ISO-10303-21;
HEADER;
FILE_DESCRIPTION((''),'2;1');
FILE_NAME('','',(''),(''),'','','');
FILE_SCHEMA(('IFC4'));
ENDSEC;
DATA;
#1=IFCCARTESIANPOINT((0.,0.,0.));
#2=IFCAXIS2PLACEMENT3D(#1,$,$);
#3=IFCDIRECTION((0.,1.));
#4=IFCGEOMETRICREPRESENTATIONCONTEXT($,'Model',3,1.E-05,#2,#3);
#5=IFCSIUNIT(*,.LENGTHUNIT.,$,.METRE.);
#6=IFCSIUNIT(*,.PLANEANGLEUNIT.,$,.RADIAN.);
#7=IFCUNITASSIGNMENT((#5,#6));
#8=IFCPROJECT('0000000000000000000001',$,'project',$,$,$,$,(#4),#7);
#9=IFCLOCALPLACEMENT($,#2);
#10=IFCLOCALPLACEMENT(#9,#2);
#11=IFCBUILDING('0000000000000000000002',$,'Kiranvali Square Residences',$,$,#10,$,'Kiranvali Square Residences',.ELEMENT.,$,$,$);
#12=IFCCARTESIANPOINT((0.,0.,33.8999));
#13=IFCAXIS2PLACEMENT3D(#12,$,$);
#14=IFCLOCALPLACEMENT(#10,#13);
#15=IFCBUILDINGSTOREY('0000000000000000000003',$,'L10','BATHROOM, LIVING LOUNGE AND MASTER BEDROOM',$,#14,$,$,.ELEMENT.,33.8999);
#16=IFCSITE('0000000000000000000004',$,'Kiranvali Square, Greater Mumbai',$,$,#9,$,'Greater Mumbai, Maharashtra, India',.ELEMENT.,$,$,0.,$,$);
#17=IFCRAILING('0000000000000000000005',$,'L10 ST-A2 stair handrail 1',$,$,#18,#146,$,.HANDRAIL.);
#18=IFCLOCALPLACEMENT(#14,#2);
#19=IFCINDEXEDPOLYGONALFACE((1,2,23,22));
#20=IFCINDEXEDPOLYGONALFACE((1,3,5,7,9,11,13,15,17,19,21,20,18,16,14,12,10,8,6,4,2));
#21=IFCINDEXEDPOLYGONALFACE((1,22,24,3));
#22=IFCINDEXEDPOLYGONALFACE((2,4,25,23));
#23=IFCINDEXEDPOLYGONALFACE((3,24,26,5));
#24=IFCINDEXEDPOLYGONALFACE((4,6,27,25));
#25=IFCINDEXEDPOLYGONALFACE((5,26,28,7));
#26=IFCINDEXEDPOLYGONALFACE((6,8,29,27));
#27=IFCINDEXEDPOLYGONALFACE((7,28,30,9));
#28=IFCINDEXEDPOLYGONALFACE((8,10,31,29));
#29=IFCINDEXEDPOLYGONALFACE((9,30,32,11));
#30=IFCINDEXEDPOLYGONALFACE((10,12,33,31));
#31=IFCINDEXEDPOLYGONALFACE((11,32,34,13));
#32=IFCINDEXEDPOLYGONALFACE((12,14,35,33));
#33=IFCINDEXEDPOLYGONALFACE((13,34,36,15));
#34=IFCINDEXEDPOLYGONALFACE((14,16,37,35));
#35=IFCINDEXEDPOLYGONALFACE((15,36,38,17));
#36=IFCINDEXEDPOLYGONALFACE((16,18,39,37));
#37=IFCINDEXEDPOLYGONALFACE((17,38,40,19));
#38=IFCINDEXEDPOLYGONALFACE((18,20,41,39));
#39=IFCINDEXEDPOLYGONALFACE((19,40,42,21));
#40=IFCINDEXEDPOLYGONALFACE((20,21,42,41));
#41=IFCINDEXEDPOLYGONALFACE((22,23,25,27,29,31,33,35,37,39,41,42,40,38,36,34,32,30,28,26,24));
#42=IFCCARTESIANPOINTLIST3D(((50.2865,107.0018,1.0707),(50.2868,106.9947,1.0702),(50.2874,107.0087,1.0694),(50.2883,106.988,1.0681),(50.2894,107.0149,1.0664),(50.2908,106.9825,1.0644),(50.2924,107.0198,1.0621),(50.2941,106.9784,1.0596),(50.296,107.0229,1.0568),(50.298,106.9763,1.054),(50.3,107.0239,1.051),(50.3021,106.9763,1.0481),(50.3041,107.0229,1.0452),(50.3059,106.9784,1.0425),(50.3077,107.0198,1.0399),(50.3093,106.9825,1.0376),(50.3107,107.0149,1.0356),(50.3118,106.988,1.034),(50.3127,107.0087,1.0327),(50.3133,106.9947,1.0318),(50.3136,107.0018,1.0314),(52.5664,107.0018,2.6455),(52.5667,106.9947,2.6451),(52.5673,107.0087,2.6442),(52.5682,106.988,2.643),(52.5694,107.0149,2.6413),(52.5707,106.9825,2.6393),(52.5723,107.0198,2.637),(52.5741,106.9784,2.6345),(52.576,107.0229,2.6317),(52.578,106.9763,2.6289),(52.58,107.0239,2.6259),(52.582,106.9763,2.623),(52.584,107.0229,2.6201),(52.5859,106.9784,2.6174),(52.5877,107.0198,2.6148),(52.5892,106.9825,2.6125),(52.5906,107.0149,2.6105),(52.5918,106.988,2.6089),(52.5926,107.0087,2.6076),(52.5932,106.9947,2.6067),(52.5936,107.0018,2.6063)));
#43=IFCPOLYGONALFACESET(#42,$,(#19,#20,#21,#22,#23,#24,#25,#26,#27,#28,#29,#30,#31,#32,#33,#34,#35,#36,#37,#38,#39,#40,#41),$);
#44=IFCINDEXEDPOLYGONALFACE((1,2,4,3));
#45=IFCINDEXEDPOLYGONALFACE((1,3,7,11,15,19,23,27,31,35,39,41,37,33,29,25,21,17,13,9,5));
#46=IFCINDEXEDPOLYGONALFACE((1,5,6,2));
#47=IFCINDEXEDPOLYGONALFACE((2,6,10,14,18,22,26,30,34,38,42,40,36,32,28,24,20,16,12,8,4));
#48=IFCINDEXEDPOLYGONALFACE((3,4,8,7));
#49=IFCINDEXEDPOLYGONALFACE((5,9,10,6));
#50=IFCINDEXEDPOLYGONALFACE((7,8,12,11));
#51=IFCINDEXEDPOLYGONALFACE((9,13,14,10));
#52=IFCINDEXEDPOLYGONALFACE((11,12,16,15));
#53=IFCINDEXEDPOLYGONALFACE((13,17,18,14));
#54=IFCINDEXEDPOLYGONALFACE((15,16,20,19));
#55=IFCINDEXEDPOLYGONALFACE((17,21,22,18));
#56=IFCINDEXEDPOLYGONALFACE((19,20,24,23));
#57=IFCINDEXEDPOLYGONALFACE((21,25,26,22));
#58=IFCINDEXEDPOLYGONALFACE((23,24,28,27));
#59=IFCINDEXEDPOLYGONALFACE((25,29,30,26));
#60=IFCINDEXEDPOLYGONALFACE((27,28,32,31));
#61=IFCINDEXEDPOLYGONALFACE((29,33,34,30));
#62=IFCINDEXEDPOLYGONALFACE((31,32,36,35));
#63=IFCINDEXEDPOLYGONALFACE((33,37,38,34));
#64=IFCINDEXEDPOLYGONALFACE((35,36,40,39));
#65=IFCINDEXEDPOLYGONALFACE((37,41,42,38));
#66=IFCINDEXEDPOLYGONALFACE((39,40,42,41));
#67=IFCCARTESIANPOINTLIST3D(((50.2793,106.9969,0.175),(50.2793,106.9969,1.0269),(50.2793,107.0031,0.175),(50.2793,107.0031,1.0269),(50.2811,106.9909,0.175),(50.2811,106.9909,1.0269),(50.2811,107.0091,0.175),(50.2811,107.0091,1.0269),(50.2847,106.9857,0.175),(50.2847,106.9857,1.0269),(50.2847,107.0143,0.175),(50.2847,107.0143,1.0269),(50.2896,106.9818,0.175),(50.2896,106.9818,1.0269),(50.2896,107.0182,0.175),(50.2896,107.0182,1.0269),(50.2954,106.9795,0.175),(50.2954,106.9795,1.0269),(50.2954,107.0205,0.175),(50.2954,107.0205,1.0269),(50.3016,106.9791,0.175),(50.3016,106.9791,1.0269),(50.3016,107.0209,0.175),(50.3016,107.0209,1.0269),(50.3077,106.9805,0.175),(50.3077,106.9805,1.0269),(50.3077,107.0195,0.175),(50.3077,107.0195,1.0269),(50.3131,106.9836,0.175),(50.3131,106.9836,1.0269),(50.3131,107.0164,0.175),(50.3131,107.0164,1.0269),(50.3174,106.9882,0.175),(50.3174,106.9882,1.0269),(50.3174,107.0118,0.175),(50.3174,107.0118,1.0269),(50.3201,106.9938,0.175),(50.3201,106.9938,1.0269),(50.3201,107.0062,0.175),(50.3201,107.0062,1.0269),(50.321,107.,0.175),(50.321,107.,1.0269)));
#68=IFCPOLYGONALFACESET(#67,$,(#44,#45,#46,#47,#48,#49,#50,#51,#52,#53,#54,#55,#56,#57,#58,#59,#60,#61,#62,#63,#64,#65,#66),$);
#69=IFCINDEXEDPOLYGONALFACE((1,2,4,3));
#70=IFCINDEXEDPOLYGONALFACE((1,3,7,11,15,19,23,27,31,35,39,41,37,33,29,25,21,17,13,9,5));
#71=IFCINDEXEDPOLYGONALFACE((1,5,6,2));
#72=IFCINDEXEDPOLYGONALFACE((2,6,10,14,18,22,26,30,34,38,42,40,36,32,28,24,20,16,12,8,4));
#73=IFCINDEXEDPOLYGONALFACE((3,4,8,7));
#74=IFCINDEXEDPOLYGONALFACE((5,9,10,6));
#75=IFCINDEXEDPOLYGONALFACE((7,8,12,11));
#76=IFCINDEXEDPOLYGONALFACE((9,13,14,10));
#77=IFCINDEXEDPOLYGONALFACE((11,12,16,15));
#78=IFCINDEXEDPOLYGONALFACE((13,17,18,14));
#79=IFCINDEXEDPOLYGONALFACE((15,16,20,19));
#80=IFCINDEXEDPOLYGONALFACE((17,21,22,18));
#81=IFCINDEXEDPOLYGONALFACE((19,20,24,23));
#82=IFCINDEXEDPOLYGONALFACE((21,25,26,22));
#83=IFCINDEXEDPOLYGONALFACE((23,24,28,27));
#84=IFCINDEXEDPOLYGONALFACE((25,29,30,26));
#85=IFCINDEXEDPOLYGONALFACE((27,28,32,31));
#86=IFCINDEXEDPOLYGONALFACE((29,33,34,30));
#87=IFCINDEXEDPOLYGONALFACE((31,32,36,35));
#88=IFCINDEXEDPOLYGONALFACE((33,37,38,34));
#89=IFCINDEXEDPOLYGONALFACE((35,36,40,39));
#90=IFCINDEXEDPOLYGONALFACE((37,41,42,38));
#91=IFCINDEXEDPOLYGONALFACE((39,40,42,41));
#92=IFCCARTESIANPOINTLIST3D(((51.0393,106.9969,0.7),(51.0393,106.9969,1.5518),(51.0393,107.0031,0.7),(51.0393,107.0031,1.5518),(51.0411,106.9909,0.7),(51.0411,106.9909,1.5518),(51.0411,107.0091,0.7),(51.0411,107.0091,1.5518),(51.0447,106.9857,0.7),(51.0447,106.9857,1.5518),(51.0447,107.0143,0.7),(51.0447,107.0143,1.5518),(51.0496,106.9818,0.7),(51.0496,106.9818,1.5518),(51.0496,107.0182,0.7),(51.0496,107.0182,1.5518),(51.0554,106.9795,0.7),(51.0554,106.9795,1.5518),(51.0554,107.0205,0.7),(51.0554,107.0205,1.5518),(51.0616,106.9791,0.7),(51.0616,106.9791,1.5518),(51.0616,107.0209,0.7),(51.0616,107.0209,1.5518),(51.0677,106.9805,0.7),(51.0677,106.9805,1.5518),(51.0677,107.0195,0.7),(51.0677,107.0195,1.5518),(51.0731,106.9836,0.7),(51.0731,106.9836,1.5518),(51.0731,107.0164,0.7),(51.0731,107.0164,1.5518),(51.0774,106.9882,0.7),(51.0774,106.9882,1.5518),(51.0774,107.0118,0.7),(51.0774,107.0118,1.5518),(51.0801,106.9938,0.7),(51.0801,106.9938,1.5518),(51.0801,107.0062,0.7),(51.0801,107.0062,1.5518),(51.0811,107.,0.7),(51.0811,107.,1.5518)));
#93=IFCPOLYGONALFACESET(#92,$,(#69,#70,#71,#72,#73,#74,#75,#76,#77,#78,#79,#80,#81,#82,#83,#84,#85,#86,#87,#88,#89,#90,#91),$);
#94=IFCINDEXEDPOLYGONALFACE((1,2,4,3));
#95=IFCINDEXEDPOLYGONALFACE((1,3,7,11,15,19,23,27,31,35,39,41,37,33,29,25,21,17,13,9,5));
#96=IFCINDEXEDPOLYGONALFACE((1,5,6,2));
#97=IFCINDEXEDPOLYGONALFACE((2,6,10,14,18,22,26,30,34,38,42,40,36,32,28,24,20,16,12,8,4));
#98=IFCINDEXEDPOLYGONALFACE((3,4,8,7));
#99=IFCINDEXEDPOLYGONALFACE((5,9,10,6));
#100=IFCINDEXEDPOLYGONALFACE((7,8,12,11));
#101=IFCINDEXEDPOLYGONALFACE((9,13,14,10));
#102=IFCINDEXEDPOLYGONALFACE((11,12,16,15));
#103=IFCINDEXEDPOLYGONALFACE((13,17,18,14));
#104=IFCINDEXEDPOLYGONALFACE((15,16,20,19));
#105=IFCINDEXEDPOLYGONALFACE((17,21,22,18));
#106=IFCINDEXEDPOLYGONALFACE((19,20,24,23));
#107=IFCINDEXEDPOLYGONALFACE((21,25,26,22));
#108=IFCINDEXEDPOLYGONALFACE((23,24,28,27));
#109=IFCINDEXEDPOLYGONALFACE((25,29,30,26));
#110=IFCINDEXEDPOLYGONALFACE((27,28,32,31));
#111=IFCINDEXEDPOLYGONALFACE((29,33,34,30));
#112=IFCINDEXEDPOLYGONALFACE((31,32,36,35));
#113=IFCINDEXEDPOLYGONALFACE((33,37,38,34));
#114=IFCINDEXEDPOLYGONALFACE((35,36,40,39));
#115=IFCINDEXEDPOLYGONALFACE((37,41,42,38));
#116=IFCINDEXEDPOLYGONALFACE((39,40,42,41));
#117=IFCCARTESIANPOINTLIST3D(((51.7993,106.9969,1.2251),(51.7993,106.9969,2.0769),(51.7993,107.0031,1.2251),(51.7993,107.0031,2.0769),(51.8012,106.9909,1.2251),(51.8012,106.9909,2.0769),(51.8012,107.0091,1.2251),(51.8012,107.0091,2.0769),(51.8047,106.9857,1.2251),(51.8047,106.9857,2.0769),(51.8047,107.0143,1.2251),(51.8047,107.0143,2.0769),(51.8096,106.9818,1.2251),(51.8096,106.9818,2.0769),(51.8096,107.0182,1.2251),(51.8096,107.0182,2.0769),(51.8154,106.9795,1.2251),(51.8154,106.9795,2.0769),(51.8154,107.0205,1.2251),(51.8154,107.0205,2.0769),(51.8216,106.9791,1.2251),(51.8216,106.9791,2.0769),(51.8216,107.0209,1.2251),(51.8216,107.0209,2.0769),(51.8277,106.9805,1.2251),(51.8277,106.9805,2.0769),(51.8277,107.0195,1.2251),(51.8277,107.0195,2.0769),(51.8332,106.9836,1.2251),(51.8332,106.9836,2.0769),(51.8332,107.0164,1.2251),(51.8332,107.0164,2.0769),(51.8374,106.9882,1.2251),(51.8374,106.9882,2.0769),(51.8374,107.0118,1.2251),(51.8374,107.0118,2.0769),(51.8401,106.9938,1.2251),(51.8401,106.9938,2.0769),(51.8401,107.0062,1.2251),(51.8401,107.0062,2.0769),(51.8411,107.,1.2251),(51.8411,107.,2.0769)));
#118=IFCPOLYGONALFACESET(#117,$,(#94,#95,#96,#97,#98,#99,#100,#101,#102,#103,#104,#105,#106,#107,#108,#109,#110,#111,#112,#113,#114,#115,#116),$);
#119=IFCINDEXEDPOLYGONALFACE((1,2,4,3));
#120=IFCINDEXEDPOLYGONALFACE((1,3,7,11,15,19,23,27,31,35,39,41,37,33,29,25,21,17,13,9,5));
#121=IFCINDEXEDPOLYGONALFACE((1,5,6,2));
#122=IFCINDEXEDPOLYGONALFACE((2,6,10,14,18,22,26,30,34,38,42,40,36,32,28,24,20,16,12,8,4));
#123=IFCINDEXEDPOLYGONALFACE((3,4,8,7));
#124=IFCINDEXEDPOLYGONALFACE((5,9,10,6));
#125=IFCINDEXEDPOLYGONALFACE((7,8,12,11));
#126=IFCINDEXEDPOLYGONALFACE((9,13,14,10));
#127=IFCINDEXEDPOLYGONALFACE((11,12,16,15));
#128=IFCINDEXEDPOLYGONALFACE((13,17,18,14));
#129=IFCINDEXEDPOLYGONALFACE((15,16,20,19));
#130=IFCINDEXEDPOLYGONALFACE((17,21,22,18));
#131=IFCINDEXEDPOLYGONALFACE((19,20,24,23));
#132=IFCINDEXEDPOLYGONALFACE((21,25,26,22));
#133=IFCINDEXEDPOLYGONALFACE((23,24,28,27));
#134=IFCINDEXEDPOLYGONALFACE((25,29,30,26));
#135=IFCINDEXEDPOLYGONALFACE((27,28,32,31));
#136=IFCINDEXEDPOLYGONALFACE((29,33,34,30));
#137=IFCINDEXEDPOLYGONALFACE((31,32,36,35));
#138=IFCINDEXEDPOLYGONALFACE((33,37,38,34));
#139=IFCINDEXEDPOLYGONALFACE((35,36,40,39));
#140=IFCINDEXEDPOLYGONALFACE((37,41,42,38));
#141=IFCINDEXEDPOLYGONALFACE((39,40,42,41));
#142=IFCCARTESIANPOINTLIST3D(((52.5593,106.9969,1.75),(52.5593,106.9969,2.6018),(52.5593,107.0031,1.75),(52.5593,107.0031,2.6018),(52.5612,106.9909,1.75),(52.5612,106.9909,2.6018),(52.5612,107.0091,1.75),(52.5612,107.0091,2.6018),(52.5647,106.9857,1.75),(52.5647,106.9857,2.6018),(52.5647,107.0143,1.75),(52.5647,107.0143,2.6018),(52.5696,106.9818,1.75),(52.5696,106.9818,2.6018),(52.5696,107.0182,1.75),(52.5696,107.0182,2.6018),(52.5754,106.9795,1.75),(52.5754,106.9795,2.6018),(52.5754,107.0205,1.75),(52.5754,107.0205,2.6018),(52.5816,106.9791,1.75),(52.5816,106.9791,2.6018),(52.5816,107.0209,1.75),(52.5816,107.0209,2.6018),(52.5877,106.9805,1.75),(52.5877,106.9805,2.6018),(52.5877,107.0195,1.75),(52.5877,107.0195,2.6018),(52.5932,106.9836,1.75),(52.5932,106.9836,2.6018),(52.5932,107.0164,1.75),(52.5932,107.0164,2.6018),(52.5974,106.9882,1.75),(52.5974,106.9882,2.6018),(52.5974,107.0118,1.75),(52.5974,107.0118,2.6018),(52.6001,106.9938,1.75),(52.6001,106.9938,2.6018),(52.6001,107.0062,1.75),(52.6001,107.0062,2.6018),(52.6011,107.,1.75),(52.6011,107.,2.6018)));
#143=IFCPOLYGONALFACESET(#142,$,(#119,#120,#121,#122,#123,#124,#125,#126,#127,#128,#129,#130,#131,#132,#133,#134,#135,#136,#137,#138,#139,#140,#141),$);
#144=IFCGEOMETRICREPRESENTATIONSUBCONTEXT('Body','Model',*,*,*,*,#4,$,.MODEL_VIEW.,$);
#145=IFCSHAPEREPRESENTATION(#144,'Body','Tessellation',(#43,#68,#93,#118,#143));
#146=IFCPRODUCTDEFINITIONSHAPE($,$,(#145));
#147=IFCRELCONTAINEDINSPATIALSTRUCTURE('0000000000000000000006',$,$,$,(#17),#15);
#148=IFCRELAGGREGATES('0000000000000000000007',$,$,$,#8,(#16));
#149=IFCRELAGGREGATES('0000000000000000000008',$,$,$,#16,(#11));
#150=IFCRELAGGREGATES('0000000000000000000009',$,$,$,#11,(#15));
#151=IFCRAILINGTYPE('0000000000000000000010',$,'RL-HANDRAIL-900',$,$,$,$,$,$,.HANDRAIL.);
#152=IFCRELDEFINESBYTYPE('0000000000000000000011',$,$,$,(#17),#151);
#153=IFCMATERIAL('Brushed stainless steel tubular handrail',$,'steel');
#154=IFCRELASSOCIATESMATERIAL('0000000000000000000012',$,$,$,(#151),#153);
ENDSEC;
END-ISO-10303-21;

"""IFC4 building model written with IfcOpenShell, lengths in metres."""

from ifc_helpers import new_model, si_unit, direction, frame, origin, origin_2d, place, context, subcontext, project, spatial, circle, extrude, material, type_object, element, save


model = new_model("IFC4")

# Units and contexts
model_context = context("Model", 3, precision=1e-05, world=origin(), true_north=direction((0.0, 1.0)))
body_context = subcontext(model_context, "Body", "Model", "MODEL_VIEW")
ifc_project = project(units=[si_unit("LENGTHUNIT", "METRE"), si_unit("PLANEANGLEUNIT", "RADIAN")], contexts=[model_context])

# Site, building, storey
site_placement = place(None, origin())
site = spatial("IfcSite", under=ifc_project, at=site_placement, Name="Kiranvali Square, Greater Mumbai", LongName="Greater Mumbai, Maharashtra, India", CompositionType="ELEMENT", RefElevation=0.0)
building_placement = place(site_placement, origin())
building = spatial("IfcBuilding", under=site, at=building_placement, Name="Kiranvali Square Residences", LongName="Kiranvali Square Residences", CompositionType="ELEMENT")
storey_placement = place(building_placement, frame((0.0, 0.0, 33.8999)))
storey = spatial("IfcBuildingStorey", under=building, at=storey_placement, Name="L10", Description="BATHROOM, LIVING LOUNGE AND MASTER BEDROOM", CompositionType="ELEMENT", Elevation=33.8999)

# Railing
ifc_material_1 = material(Name="Brushed stainless steel tubular handrail", Category="steel")
railing_type_1 = type_object("IfcRailingType", Name="RL-HANDRAIL-900", PredefinedType="HANDRAIL", material=ifc_material_1)
railing_1_placement = place(storey_placement, frame((50.3, 107.0, 0.175)))
element("IfcRailing", 1, at=railing_1_placement, inside=storey, type_object=railing_type_1, Name="L10 ST-A2 stair handrail 1", PredefinedType="HANDRAIL", context=body_context, shape_type="SweptSolid", body=[
    extrude(circle(Radius=0.0239, at=origin_2d()), frame((0.0, 0.0, 0.876), z_axis=(0.822788, 0.0, 0.568348), x_axis=(0.0, 1.0, 0.0)), (0.0, 0.0, 1.0), 2.771),
    extrude(circle(Radius=0.021, at=origin_2d()), origin(), (0.0, 0.0, 1.0), 0.8518),
    extrude(circle(Radius=0.021, at=origin_2d()), frame((0.76, 0.0, 0.5249)), (0.0, 0.0, 1.0), 0.8518),
    extrude(circle(Radius=0.021, at=origin_2d()), frame((1.52, 0.0, 1.05)), (0.0, 0.0, 1.0), 0.8518),
    extrude(circle(Radius=0.021, at=origin_2d()), frame((2.28, 0.0, 1.575)), (0.0, 0.0, 1.0), 0.8518),
])

save(model, "model.ifc")
